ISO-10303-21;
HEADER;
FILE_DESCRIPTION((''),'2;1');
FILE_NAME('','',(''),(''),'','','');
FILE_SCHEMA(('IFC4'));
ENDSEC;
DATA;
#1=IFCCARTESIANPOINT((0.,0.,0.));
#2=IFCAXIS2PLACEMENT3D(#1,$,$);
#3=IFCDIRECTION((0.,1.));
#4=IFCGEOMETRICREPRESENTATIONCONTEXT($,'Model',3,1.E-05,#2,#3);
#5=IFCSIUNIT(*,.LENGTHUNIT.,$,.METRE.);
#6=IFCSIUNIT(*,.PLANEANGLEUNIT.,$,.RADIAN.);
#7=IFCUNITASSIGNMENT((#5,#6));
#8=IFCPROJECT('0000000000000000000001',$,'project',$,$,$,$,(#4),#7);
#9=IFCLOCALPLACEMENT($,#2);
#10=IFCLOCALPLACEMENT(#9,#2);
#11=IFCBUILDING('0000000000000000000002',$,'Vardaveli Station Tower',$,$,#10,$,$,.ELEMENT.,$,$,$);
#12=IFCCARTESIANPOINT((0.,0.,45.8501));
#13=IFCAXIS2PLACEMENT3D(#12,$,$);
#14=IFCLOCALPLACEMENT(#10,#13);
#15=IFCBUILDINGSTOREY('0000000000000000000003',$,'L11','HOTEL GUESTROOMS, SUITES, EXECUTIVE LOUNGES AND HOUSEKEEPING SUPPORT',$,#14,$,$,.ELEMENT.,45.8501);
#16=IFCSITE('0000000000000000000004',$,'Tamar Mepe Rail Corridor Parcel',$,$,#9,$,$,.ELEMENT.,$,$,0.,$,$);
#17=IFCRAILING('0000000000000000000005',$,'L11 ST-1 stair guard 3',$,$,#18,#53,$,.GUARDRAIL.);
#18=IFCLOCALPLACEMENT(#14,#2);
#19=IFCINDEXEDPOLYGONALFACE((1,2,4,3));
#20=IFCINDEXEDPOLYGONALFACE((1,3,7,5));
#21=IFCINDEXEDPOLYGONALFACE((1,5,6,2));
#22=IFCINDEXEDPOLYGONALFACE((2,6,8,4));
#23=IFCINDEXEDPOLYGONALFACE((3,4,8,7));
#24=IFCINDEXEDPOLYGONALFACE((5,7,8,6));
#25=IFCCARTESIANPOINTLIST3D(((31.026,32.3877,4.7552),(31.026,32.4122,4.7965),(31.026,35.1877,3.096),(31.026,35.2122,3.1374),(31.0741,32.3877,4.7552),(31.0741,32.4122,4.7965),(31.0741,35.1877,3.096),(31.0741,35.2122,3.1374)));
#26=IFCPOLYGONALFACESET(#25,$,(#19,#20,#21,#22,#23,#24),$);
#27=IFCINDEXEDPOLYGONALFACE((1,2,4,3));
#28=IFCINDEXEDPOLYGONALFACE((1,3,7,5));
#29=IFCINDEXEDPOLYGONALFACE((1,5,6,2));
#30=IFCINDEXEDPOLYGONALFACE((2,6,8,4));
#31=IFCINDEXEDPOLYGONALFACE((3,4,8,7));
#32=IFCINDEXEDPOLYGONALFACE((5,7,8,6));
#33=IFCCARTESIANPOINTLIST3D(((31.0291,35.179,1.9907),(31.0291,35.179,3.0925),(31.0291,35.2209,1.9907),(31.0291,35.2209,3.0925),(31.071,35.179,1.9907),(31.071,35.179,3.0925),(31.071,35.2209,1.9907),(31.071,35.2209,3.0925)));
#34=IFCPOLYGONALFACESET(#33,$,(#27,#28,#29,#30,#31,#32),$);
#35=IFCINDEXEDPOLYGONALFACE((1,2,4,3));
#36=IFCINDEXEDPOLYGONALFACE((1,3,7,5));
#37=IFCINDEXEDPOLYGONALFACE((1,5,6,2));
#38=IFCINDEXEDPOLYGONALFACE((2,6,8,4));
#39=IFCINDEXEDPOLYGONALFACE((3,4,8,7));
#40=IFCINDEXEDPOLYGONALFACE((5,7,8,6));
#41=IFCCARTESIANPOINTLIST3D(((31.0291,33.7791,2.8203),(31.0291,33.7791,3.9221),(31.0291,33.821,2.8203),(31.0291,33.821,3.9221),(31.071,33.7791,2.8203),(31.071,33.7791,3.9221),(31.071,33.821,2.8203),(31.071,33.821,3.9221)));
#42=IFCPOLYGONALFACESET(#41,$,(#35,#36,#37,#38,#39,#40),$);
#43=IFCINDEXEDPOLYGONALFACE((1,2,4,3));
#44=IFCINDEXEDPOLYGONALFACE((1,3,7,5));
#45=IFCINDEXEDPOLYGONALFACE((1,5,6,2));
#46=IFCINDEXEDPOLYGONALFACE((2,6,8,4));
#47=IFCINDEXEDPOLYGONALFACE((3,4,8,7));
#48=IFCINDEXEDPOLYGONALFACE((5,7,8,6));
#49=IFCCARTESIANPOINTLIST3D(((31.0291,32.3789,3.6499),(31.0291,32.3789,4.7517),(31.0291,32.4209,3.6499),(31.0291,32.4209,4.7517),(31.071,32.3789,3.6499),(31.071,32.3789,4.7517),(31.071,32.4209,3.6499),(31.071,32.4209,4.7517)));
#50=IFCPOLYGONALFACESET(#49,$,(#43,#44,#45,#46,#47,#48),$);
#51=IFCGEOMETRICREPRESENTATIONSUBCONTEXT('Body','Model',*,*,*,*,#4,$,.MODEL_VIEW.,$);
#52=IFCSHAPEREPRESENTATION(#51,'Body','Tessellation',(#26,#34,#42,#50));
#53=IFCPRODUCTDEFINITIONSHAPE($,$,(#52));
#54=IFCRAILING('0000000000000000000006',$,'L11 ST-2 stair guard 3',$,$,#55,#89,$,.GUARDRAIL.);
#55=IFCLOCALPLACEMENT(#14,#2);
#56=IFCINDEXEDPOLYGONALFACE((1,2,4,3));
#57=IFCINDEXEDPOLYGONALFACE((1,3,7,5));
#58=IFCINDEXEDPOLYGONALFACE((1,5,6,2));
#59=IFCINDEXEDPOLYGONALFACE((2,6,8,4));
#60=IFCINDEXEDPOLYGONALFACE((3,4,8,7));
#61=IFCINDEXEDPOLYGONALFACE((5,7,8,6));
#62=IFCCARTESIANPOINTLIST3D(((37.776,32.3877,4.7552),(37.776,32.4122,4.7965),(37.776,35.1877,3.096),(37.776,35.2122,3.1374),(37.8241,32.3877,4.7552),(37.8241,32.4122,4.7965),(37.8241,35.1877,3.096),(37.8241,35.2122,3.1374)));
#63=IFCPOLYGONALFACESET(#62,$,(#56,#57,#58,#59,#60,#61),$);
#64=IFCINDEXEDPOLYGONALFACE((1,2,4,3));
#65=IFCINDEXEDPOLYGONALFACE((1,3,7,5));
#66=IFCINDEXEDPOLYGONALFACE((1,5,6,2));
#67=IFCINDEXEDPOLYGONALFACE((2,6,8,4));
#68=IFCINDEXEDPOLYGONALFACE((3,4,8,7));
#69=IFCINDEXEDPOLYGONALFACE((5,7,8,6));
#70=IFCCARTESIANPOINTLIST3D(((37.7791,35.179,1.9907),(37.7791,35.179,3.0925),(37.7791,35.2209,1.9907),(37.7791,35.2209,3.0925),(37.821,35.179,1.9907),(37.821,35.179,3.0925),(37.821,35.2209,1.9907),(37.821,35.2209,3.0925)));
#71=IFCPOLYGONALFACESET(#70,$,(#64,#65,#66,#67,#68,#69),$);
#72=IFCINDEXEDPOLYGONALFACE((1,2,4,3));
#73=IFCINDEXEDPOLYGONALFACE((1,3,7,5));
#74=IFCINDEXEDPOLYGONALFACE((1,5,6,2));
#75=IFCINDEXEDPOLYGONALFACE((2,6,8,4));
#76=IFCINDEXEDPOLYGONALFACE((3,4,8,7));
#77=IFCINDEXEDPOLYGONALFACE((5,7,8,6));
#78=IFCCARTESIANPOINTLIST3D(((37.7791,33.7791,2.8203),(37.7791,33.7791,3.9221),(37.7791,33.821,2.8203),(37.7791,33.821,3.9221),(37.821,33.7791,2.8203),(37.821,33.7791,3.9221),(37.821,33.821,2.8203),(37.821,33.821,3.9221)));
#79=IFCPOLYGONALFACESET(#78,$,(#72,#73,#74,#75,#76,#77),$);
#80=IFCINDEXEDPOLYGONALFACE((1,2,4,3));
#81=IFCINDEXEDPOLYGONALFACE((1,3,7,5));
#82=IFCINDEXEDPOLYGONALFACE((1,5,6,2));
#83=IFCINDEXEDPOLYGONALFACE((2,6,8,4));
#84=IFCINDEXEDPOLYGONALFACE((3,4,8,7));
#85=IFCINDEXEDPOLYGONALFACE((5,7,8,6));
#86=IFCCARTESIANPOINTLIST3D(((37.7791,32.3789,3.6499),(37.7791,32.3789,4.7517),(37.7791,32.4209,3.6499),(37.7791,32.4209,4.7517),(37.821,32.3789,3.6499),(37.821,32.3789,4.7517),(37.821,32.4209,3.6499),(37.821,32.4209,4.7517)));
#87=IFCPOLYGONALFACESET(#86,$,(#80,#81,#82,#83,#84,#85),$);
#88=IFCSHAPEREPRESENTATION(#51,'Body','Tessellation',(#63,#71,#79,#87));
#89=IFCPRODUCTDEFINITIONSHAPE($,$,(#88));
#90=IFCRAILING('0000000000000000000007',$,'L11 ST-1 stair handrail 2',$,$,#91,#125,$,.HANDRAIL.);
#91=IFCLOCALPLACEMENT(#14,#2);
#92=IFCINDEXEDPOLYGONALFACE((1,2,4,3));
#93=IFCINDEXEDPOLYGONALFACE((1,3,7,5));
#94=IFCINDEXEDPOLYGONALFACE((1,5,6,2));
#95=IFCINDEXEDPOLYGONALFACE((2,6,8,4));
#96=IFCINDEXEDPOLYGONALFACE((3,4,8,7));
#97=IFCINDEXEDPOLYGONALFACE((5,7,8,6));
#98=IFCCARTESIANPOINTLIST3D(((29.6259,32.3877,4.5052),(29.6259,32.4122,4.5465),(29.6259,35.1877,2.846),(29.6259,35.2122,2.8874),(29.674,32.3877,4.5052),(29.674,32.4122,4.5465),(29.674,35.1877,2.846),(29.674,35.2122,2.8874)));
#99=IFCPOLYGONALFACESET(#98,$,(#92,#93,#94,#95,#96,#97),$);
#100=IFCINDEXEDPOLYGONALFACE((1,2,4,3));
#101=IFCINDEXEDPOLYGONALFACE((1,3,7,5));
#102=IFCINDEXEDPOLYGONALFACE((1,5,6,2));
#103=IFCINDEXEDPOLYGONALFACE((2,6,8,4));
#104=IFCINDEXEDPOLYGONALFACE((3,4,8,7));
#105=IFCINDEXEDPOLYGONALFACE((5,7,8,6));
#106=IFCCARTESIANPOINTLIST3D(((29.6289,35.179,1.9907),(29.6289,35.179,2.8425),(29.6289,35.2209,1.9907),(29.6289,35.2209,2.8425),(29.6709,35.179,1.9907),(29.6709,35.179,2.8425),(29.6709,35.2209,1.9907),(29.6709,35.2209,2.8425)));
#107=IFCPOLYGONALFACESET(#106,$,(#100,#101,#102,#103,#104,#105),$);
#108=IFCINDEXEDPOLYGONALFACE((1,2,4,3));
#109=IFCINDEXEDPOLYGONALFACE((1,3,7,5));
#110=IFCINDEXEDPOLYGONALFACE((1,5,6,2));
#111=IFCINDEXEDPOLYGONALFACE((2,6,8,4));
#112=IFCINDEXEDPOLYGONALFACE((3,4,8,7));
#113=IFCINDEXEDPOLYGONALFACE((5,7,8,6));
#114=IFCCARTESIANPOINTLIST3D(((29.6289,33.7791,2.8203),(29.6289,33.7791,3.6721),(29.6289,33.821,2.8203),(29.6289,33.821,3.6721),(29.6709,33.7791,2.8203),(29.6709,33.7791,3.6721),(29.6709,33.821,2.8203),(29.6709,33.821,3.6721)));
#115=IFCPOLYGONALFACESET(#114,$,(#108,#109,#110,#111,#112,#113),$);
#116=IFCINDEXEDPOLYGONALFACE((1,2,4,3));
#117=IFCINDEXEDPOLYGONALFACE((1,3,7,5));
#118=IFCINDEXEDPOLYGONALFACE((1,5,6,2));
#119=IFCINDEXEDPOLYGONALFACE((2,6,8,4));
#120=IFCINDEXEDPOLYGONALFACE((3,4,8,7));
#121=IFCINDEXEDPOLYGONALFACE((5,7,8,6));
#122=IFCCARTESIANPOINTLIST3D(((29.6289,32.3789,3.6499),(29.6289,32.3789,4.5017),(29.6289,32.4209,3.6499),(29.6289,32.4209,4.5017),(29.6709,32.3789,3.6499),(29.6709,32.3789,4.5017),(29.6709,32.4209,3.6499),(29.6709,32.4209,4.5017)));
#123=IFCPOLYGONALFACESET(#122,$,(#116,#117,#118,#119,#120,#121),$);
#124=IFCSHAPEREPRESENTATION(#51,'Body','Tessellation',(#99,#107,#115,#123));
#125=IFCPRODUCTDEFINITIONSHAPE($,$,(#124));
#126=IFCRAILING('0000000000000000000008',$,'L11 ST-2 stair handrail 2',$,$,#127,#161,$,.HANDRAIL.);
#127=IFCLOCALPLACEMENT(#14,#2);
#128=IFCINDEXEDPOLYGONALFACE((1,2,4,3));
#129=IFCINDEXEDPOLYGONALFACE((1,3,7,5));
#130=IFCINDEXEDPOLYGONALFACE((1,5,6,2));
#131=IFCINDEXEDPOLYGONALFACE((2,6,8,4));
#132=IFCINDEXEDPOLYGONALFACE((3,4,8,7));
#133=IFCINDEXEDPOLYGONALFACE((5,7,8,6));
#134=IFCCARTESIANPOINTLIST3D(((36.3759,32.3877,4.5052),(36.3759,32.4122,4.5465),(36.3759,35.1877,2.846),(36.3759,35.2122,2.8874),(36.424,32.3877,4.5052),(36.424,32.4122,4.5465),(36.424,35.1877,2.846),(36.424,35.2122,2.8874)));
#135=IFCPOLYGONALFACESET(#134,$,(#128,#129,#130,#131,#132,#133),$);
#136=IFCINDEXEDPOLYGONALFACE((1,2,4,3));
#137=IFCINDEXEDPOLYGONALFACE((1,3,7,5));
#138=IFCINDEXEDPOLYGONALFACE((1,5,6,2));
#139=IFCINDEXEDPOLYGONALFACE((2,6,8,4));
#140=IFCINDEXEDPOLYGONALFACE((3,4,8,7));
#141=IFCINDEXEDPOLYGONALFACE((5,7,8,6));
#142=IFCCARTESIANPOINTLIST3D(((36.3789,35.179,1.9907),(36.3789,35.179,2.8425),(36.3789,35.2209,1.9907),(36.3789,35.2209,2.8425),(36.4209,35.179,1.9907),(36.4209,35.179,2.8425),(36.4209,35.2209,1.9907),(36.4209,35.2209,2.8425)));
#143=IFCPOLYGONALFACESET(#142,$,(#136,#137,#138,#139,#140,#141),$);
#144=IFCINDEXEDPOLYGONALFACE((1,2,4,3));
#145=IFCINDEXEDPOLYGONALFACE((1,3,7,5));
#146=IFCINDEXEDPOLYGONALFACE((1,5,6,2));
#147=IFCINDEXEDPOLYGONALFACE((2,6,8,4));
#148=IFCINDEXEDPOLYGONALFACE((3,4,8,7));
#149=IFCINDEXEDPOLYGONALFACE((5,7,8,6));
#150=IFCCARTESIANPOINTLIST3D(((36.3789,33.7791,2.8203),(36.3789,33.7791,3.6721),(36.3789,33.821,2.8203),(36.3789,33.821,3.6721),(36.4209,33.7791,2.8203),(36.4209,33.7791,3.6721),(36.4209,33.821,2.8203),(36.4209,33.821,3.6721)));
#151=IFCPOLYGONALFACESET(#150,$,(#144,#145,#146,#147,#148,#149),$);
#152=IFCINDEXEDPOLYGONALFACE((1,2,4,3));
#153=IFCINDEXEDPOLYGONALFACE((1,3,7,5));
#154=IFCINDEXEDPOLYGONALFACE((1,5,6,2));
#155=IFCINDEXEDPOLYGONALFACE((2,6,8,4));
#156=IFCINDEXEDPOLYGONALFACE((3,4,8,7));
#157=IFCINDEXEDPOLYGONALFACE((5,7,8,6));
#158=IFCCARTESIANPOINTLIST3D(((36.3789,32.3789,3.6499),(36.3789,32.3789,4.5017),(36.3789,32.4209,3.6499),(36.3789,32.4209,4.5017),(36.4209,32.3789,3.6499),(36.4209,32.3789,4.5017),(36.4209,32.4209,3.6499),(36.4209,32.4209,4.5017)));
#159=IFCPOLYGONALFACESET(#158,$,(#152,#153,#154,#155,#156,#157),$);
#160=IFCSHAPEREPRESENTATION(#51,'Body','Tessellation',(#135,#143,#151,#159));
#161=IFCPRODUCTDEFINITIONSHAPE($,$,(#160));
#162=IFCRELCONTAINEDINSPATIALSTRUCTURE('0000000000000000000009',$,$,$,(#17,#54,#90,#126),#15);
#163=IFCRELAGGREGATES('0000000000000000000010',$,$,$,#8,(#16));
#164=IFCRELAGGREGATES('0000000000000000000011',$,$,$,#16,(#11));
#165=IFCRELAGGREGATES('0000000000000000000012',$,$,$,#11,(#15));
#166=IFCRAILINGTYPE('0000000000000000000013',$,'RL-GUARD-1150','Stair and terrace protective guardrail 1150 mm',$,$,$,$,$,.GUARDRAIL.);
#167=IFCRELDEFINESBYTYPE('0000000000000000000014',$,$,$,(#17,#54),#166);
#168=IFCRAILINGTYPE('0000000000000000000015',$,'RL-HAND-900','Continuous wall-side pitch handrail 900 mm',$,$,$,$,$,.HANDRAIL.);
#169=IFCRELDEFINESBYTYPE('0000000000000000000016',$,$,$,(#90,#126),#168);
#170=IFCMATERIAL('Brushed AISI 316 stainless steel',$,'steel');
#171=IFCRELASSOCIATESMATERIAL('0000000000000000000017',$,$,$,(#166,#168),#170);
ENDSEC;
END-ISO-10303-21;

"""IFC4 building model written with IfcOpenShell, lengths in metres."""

from ifc_helpers import new_model, si_unit, direction, frame, origin, origin_2d, place, context, subcontext, project, spatial, rectangle, extrude, source, transform, mapped, material, type_object, element, save


model = new_model("IFC4")

# Units and contexts
model_context = context("Model", 3, precision=1e-05, world=origin(), true_north=direction((0.0, 1.0)))
body_context = subcontext(model_context, "Body", "Model", "MODEL_VIEW")
ifc_project = project(units=[si_unit("LENGTHUNIT", "METRE"), si_unit("PLANEANGLEUNIT", "RADIAN")], contexts=[model_context])

# Site, building, storey
site_placement = place(None, origin())
site = spatial("IfcSite", under=ifc_project, at=site_placement, Name="Tamar Mepe Rail Corridor Parcel", CompositionType="ELEMENT", RefElevation=0.0)
building_placement = place(site_placement, origin())
building = spatial("IfcBuilding", under=site, at=building_placement, Name="Vardaveli Station Tower", CompositionType="ELEMENT")
storey_placement = place(building_placement, frame((0.0, 0.0, 45.8501)))
storey = spatial("IfcBuildingStorey", under=building, at=storey_placement, Name="L11", Description="HOTEL GUESTROOMS, SUITES, EXECUTIVE LOUNGES AND HOUSEKEEPING SUPPORT", CompositionType="ELEMENT", Elevation=45.8501)

# Railings
ifc_material_1 = material(Name="Brushed AISI 316 stainless steel", Category="steel")
railing_type_1 = type_object("IfcRailingType", Name="RL-GUARD-1150", Description="Stair and terrace protective guardrail 1150 mm", PredefinedType="GUARDRAIL", material=ifc_material_1)
shared_shape_1 = source(origin(), body_context, "Body", "SweptSolid", [
    extrude(rectangle(XDim=0.0481, YDim=0.0481, at=origin_2d()), frame((0.0, 0.0, 1.126), z_axis=(0.0, -0.860306, 0.509778), x_axis=(1.0, 0.0, 0.0)), (0.0, 0.0, 1.0), 3.2546),
    extrude(rectangle(XDim=0.042, YDim=0.042, at=origin_2d()), origin(), (0.0, 0.0, 1.0), 1.1018),
    extrude(rectangle(XDim=0.042, YDim=0.042, at=origin_2d()), frame((0.0, -1.3999, 0.8296)), (0.0, 0.0, 1.0), 1.1018),
    extrude(rectangle(XDim=0.042, YDim=0.042, at=origin_2d()), frame((0.0, -2.8, 1.6592)), (0.0, 0.0, 1.0), 1.1018),
])
for number, where, name in (
    (1, (31.05, 35.2, 1.9907), "L11 ST-1 stair guard 3"),
    (2, (37.8, 35.2, 1.9907), "L11 ST-2 stair guard 3"),
):
    element("IfcRailing", number, at=place(storey_placement, frame(where)), inside=storey, type_object=railing_type_1, Name=name, PredefinedType="GUARDRAIL", context=body_context, shape_type="MappedRepresentation", body=[
        mapped(shared_shape_1, transform((0.0, 0.0, 0.0), scale=1.0)),
    ])
railing_type_2 = type_object("IfcRailingType", Name="RL-HAND-900", Description="Continuous wall-side pitch handrail 900 mm", PredefinedType="HANDRAIL", material=ifc_material_1)
shared_shape_2 = source(origin(), body_context, "Body", "SweptSolid", [
    extrude(rectangle(XDim=0.0481, YDim=0.0481, at=origin_2d()), frame((0.0, 0.0, 0.876), z_axis=(0.0, -0.860306, 0.509778), x_axis=(1.0, 0.0, 0.0)), (0.0, 0.0, 1.0), 3.2546),
    extrude(rectangle(XDim=0.042, YDim=0.042, at=origin_2d()), origin(), (0.0, 0.0, 1.0), 0.8518),
    extrude(rectangle(XDim=0.042, YDim=0.042, at=origin_2d()), frame((0.0, -1.3999, 0.8296)), (0.0, 0.0, 1.0), 0.8518),
    extrude(rectangle(XDim=0.042, YDim=0.042, at=origin_2d()), frame((0.0, -2.8, 1.6592)), (0.0, 0.0, 1.0), 0.8518),
])
for number, where, name in (
    (3, (29.6499, 35.2, 1.9907), "L11 ST-1 stair handrail 2"),
    (4, (36.3999, 35.2, 1.9907), "L11 ST-2 stair handrail 2"),
):
    element("IfcRailing", number, at=place(storey_placement, frame(where)), inside=storey, type_object=railing_type_2, Name=name, PredefinedType="HANDRAIL", context=body_context, shape_type="MappedRepresentation", body=[
        mapped(shared_shape_2, transform((0.0, 0.0, 0.0), scale=1.0)),
    ])

save(model, "model.ifc")
